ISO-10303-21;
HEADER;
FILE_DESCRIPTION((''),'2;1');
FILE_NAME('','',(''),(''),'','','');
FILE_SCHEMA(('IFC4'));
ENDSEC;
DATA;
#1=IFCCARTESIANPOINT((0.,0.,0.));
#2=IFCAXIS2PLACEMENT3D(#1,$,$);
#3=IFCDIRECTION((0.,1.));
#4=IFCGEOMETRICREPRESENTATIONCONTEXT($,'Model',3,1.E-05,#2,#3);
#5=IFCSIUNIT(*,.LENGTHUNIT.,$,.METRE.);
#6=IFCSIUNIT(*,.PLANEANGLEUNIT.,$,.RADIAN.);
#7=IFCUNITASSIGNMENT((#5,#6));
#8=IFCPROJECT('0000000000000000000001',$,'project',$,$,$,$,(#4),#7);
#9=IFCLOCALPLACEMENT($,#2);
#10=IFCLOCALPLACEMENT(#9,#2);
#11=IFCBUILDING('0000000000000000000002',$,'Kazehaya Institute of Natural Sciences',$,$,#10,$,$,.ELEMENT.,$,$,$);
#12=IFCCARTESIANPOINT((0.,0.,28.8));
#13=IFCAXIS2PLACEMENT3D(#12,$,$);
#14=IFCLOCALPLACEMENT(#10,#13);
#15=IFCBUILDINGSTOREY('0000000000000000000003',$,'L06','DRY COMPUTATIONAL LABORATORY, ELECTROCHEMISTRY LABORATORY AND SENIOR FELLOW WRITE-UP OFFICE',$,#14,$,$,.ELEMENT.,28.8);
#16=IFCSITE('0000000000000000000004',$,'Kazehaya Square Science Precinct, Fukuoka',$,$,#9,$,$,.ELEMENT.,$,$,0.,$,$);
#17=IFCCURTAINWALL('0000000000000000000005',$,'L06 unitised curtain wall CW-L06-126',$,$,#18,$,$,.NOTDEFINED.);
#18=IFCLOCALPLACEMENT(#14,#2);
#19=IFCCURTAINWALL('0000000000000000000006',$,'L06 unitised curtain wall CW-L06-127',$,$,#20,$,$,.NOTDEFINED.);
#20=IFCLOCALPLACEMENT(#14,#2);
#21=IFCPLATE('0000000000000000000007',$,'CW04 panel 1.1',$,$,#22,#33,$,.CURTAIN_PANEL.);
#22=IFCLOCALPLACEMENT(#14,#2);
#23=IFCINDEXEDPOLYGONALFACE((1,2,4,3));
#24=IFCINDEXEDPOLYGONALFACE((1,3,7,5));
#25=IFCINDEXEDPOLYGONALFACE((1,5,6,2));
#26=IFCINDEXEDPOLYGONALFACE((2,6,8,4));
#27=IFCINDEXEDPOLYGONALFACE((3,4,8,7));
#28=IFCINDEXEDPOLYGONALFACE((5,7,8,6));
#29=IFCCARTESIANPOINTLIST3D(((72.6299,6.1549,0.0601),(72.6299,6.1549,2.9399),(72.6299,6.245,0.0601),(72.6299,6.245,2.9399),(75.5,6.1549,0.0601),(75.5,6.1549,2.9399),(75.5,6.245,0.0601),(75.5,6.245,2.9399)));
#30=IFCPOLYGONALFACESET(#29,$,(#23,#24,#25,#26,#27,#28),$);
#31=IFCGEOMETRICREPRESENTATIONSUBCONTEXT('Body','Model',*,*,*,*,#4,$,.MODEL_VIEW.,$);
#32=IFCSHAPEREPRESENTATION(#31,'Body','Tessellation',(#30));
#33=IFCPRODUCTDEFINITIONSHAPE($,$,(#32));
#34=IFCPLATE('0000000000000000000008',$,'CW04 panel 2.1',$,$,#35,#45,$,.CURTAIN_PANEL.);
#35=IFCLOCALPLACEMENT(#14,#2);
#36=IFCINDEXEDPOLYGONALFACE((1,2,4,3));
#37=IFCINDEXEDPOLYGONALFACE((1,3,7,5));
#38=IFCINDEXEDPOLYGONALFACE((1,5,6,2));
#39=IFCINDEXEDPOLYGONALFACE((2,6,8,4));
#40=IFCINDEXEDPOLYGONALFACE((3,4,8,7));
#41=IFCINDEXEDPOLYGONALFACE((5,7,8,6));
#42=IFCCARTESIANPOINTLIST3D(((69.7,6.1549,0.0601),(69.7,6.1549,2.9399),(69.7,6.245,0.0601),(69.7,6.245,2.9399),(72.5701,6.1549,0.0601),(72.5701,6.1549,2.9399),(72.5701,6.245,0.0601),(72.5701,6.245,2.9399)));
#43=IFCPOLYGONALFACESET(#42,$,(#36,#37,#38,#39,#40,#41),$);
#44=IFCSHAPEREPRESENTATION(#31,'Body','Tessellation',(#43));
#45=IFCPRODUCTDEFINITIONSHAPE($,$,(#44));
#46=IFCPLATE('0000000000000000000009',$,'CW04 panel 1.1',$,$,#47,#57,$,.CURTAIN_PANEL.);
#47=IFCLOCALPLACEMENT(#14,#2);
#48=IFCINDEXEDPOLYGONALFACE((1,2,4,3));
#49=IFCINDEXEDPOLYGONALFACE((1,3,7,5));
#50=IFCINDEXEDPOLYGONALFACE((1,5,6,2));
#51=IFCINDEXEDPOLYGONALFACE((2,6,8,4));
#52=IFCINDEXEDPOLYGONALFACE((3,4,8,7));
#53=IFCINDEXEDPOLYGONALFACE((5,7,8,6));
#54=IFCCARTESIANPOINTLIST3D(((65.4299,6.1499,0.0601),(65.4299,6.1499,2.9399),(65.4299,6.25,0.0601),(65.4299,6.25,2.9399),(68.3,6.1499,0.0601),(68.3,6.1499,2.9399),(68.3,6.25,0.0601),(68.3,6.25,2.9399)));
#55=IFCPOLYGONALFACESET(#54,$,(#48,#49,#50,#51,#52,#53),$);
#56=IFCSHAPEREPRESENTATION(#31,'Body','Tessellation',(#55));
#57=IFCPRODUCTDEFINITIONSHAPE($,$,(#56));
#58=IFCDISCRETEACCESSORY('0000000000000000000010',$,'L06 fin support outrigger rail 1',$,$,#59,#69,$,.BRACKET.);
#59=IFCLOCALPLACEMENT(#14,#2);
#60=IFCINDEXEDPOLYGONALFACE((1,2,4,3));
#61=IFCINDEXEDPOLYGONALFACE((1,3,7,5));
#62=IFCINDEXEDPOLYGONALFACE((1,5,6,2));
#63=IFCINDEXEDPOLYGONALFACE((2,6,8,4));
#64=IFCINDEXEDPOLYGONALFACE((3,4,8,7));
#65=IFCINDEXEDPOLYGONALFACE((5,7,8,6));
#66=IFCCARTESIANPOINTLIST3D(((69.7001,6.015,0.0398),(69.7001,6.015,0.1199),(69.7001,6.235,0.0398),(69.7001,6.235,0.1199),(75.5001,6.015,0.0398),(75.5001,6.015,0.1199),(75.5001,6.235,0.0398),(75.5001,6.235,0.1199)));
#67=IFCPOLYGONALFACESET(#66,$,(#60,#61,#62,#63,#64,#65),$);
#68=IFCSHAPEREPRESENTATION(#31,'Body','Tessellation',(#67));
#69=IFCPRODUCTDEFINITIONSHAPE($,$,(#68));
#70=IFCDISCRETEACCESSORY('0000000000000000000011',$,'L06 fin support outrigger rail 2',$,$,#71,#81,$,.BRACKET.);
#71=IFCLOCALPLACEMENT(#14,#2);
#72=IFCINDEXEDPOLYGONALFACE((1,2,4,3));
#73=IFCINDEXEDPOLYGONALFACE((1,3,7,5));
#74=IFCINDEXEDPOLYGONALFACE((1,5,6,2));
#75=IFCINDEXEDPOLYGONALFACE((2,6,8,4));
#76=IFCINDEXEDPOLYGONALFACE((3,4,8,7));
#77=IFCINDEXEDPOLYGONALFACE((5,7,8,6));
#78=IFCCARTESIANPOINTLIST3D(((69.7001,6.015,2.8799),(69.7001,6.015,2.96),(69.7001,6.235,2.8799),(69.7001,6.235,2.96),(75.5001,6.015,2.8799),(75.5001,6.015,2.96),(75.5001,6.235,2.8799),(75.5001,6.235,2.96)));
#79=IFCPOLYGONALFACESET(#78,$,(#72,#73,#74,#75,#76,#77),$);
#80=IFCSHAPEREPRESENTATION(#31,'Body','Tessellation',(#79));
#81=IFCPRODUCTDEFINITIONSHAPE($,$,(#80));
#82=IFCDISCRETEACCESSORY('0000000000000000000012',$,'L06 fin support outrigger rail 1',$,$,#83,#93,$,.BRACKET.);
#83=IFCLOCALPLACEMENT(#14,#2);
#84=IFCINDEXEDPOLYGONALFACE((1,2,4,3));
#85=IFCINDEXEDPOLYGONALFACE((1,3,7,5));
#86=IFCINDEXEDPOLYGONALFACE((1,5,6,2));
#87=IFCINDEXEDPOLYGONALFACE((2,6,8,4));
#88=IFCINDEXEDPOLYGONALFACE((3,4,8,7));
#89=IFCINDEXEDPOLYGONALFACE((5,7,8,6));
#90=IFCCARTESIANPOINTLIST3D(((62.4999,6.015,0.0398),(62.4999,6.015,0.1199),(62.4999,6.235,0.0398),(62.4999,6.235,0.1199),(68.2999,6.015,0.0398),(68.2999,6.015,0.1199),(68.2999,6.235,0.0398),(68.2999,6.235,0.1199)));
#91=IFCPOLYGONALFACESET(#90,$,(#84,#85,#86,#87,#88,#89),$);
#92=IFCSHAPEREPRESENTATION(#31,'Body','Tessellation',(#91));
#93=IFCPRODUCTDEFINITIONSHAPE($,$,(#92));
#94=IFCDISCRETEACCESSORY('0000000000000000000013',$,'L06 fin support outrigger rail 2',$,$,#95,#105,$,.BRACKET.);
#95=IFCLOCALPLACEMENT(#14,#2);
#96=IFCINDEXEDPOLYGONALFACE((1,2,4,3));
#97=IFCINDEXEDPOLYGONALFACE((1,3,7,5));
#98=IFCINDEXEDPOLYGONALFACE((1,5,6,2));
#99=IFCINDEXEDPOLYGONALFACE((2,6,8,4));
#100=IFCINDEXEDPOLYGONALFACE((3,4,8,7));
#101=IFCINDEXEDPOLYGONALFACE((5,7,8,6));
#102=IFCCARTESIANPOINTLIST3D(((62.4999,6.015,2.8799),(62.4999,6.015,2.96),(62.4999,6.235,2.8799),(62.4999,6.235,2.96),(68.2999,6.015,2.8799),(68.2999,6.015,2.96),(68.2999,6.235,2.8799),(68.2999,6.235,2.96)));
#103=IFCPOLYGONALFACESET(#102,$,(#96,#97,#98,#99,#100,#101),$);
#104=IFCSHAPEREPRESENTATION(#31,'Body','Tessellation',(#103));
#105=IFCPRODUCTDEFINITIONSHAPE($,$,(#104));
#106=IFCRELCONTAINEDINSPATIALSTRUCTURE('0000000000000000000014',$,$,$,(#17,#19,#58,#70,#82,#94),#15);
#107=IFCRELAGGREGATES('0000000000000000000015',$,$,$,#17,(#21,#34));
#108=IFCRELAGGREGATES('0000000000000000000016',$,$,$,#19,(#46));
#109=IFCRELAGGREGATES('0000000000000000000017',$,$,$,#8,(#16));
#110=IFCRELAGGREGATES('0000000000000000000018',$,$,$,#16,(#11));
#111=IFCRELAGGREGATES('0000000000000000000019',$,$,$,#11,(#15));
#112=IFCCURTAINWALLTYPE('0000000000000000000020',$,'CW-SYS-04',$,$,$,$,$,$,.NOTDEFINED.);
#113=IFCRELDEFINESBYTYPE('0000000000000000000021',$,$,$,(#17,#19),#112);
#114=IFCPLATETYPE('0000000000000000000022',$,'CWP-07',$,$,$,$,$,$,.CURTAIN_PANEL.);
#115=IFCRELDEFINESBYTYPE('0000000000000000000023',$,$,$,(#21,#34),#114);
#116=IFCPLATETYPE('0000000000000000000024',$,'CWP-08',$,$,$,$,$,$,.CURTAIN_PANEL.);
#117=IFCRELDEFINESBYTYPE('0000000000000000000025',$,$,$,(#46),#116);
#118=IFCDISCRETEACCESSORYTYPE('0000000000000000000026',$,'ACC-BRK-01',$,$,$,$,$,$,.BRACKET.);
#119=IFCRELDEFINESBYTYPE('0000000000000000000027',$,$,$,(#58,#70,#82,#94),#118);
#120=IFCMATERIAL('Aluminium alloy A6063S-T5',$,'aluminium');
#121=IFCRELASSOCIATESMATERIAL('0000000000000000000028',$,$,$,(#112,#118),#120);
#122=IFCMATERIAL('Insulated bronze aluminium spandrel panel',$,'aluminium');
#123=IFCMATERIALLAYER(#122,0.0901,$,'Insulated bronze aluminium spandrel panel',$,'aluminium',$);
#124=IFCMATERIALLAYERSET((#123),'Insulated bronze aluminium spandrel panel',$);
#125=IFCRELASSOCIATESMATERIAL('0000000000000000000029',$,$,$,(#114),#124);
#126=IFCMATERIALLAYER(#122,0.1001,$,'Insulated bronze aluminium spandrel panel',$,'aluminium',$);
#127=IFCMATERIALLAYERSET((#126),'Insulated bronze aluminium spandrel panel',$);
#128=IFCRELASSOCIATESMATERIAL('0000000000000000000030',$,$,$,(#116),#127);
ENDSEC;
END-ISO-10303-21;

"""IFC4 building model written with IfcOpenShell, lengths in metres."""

from ifc_helpers import new_model, si_unit, direction, frame, origin, origin_2d, place, context, subcontext, project, spatial, rectangle, extrude, material, layer, layer_set, type_object, element, aggregate, save


model = new_model("IFC4")

# Units and contexts
model_context = context("Model", 3, precision=1e-05, world=origin(), true_north=direction((0.0, 1.0)))
body_context = subcontext(model_context, "Body", "Model", "MODEL_VIEW")
ifc_project = project(units=[si_unit("LENGTHUNIT", "METRE"), si_unit("PLANEANGLEUNIT", "RADIAN")], contexts=[model_context])

# Site, building, storey
site_placement = place(None, origin())
site = spatial("IfcSite", under=ifc_project, at=site_placement, Name="Kazehaya Square Science Precinct, Fukuoka", CompositionType="ELEMENT", RefElevation=0.0)
building_placement = place(site_placement, origin())
building = spatial("IfcBuilding", under=site, at=building_placement, Name="Kazehaya Institute of Natural Sciences", CompositionType="ELEMENT")
storey_placement = place(building_placement, frame((0.0, 0.0, 28.8)))
storey = spatial("IfcBuildingStorey", under=building, at=storey_placement, Name="L06", Description="DRY COMPUTATIONAL LABORATORY, ELECTROCHEMISTRY LABORATORY AND SENIOR FELLOW WRITE-UP OFFICE", CompositionType="ELEMENT", Elevation=28.8)

# Curtain walls
ifc_material_1 = material(Name="Aluminium alloy A6063S-T5", Category="aluminium")
curtain_wall_type = type_object("IfcCurtainWallType", Name="CW-SYS-04", PredefinedType="NOTDEFINED", material=ifc_material_1)
curtain_wall_1_placement = place(storey_placement, origin())
curtain_wall_1 = element("IfcCurtainWall", 1, at=curtain_wall_1_placement, inside=storey, type_object=curtain_wall_type, Name="L06 unitised curtain wall CW-L06-126", PredefinedType="NOTDEFINED")
curtain_wall_2_placement = place(storey_placement, origin())
curtain_wall_2 = element("IfcCurtainWall", 2, at=curtain_wall_2_placement, inside=storey, type_object=curtain_wall_type, Name="L06 unitised curtain wall CW-L06-127", PredefinedType="NOTDEFINED")

# Plates
ifc_material_2 = material(Name="Insulated bronze aluminium spandrel panel", Category="aluminium")
ifc_layer_1 = layer(ifc_material_2, 0.0901, Name="Insulated bronze aluminium spandrel panel", Category="aluminium")
ifc_layer_set_1 = layer_set([ifc_layer_1], Name="Insulated bronze aluminium spandrel panel")
plate_type_1 = type_object("IfcPlateType", Name="CWP-07", PredefinedType="CURTAIN_PANEL", material=ifc_layer_set_1)
plate_1_placement = place(storey_placement, frame((74.0649, 6.2, 0.0601), z_axis=(0.0, 0.0, 1.0), x_axis=(-1.0, 0.0, 0.0)))
plate_1 = element("IfcPlate", 3, at=plate_1_placement, type_object=plate_type_1, Name="CW04 panel 1.1", PredefinedType="CURTAIN_PANEL", context=body_context, shape_type="SweptSolid", body=[
    extrude(rectangle(XDim=2.8701, YDim=0.0901, at=origin_2d()), origin(), (0.0, 0.0, 1.0), 2.8799),
])
plate_2_placement = place(storey_placement, frame((71.135, 6.2, 0.0601), z_axis=(0.0, 0.0, 1.0), x_axis=(-1.0, 0.0, 0.0)))
plate_2 = element("IfcPlate", 4, at=plate_2_placement, type_object=plate_type_1, Name="CW04 panel 2.1", PredefinedType="CURTAIN_PANEL", context=body_context, shape_type="SweptSolid", body=[
    extrude(rectangle(XDim=2.8701, YDim=0.0901, at=origin_2d()), origin(), (0.0, 0.0, 1.0), 2.8799),
])
aggregate(curtain_wall_1, [plate_1, plate_2])
ifc_layer_2 = layer(ifc_material_2, 0.1001, Name="Insulated bronze aluminium spandrel panel", Category="aluminium")
ifc_layer_set_2 = layer_set([ifc_layer_2], Name="Insulated bronze aluminium spandrel panel")
plate_type_2 = type_object("IfcPlateType", Name="CWP-08", PredefinedType="CURTAIN_PANEL", material=ifc_layer_set_2)
plate_3_placement = place(storey_placement, frame((66.865, 6.2, 0.0601), z_axis=(0.0, 0.0, 1.0), x_axis=(-1.0, 0.0, 0.0)))
plate_3 = element("IfcPlate", 5, at=plate_3_placement, type_object=plate_type_2, Name="CW04 panel 1.1", PredefinedType="CURTAIN_PANEL", context=body_context, shape_type="SweptSolid", body=[
    extrude(rectangle(XDim=2.8701, YDim=0.1001, at=origin_2d()), origin(), (0.0, 0.0, 1.0), 2.8799),
])
aggregate(curtain_wall_2, [plate_3])

# Discrete accessories
discrete_accessory_type = type_object("IfcDiscreteAccessoryType", Name="ACC-BRK-01", PredefinedType="BRACKET", material=ifc_material_1)
for number, where, z_axis, x_axis, name in (
    (6, (72.6001, 6.125, 0.0398), (0.0, 0.0, 1.0), (-1.0, 0.0, 0.0), "L06 fin support outrigger rail 1"),
    (7, (72.6001, 6.125, 2.8799), (0.0, 0.0, 1.0), (-1.0, 0.0, 0.0), "L06 fin support outrigger rail 2"),
    (8, (65.3999, 6.125, 0.0398), (0.0, 0.0, 1.0), (-1.0, 0.0, 0.0), "L06 fin support outrigger rail 1"),
    (9, (65.3999, 6.125, 2.8799), (0.0, 0.0, 1.0), (-1.0, 0.0, 0.0), "L06 fin support outrigger rail 2"),
):
    element("IfcDiscreteAccessory", number, at=place(storey_placement, frame(where, z_axis=z_axis, x_axis=x_axis)), inside=storey, type_object=discrete_accessory_type, Name=name, PredefinedType="BRACKET", context=body_context, shape_type="SweptSolid", body=[
        extrude(rectangle(XDim=5.8, YDim=0.22, at=origin_2d()), origin(), (0.0, 0.0, 1.0), 0.0801),
    ])

save(model, "model.ifc")
